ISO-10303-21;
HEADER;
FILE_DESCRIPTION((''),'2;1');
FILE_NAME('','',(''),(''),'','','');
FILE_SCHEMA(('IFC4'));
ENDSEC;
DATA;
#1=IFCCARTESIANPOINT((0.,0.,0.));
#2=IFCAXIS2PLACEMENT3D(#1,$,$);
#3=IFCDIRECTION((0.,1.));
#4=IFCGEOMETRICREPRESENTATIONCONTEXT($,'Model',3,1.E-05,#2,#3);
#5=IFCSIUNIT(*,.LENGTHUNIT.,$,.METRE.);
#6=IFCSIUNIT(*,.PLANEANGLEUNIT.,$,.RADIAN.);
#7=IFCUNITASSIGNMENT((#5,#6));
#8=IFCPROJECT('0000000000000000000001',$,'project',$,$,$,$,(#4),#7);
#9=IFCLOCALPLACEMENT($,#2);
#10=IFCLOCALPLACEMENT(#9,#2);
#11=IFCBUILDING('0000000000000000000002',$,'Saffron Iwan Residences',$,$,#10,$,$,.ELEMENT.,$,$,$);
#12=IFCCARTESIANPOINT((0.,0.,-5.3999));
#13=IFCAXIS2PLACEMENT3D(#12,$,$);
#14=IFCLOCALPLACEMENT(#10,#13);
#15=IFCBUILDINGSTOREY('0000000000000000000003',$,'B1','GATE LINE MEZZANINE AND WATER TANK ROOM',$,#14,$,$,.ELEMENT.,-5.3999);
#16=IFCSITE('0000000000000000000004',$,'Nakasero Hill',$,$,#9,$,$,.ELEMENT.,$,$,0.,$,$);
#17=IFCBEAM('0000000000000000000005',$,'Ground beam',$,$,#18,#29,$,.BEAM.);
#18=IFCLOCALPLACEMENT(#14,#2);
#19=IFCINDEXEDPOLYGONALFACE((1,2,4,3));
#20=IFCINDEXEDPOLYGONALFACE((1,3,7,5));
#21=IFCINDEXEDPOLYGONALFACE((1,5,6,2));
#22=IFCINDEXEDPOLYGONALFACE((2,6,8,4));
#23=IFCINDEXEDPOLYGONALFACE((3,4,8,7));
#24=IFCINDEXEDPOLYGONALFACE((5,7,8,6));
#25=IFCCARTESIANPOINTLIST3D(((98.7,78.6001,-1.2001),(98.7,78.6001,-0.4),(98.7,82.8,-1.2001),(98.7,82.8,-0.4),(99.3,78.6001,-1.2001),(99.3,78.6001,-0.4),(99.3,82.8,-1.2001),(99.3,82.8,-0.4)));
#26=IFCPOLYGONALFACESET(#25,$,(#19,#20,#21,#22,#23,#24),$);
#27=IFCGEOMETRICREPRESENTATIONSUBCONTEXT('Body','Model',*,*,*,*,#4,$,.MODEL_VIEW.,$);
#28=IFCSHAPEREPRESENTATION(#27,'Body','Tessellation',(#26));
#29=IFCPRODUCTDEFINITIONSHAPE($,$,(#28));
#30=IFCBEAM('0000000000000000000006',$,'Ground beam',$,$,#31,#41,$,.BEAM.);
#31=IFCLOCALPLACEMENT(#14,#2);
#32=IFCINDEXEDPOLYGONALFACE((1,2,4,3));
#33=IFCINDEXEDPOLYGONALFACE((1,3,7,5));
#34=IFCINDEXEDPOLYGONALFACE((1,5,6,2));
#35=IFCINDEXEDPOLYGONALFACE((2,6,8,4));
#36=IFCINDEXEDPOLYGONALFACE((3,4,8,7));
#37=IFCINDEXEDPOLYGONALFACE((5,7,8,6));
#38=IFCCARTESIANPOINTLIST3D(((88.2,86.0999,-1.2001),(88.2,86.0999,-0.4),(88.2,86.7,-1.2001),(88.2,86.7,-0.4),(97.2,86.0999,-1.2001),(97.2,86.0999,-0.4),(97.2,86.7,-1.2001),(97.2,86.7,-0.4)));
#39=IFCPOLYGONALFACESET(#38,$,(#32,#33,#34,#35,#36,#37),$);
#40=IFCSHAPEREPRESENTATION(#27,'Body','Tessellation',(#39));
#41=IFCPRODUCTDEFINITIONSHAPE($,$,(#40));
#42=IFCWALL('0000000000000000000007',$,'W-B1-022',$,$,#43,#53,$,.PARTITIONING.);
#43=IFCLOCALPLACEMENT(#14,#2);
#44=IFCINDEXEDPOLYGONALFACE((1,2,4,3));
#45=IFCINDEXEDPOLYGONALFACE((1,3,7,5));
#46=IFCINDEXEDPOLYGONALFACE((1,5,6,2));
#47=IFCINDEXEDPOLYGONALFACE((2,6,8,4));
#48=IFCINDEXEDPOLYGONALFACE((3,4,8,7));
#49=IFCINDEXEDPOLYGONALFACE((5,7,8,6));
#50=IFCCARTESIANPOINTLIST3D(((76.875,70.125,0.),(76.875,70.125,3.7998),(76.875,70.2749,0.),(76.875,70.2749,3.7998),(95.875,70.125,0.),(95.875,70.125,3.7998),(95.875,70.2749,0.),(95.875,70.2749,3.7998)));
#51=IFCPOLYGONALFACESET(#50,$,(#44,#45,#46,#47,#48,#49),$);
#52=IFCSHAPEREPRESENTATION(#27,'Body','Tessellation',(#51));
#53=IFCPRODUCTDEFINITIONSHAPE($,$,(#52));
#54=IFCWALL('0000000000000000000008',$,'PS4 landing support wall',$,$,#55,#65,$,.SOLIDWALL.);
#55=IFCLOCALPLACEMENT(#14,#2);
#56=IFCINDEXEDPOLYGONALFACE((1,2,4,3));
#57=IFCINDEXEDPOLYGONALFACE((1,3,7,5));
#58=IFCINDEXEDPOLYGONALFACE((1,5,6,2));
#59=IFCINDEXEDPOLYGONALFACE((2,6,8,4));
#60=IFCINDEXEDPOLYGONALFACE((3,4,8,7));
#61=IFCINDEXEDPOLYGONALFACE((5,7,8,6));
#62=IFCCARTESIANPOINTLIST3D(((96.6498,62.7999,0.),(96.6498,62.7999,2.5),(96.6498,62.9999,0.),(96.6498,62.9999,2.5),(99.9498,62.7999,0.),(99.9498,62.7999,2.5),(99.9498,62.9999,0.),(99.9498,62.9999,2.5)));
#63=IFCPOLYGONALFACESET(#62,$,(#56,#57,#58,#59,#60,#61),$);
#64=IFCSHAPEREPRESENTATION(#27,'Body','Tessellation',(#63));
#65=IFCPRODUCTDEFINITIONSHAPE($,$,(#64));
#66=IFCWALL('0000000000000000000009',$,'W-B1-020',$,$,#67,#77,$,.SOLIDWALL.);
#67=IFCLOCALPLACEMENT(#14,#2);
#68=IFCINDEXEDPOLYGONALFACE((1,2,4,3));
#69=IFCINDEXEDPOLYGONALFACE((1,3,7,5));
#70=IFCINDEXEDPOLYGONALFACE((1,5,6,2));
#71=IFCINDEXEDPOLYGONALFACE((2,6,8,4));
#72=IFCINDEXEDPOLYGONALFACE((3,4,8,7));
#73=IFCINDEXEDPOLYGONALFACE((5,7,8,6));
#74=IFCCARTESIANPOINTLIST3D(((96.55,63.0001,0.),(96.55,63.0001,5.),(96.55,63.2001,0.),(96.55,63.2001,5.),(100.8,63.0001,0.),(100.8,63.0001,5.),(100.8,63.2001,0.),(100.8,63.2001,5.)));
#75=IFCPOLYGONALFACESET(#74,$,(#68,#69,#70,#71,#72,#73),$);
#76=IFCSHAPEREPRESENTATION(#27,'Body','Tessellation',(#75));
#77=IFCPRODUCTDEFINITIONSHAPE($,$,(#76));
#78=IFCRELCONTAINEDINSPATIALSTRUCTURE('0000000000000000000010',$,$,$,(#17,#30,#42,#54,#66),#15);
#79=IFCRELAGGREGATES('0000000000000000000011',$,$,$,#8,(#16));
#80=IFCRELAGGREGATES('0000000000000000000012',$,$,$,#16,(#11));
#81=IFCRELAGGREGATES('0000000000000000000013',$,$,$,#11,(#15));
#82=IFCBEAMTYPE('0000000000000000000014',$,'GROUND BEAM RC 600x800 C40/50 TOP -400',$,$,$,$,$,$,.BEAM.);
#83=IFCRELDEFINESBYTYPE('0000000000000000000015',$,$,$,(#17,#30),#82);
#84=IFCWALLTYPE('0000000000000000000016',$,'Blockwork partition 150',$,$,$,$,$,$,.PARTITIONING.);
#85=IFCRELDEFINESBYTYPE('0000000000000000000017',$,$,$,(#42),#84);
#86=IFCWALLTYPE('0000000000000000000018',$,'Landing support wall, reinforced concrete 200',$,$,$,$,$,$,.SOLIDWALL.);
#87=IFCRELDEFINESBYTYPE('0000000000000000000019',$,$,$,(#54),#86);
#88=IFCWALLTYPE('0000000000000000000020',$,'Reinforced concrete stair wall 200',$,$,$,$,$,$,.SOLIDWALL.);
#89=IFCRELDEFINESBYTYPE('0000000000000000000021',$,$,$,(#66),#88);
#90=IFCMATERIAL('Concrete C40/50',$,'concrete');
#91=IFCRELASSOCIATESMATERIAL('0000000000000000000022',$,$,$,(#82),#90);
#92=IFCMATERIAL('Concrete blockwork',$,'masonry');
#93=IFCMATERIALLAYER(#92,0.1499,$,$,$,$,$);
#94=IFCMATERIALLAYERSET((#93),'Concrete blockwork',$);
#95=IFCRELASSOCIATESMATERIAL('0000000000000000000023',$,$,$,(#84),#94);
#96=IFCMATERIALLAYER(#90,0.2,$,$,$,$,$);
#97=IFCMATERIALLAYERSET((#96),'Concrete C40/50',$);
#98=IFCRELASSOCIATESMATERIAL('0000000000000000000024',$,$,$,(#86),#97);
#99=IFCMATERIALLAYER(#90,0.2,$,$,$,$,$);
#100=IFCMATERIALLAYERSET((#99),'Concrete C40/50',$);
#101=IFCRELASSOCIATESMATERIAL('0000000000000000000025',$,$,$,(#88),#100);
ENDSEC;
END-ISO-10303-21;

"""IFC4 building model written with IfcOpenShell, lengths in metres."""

from ifc_helpers import new_model, si_unit, direction, frame, frame_2d, origin, origin_2d, place, context, subcontext, project, spatial, rectangle, extrude, source, transform, mapped, material, layer, layer_set, material_profile, profile_set, type_object, element, save


model = new_model("IFC4")

# Units and contexts
model_context = context("Model", 3, precision=1e-05, world=origin(), true_north=direction((0.0, 1.0)))
body_context = subcontext(model_context, "Body", "Model", "MODEL_VIEW")
ifc_project = project(units=[si_unit("LENGTHUNIT", "METRE"), si_unit("PLANEANGLEUNIT", "RADIAN")], contexts=[model_context])

# Site, building, storey
site_placement = place(None, origin())
site = spatial("IfcSite", under=ifc_project, at=site_placement, Name="Nakasero Hill", CompositionType="ELEMENT", RefElevation=0.0)
building_placement = place(site_placement, origin())
building = spatial("IfcBuilding", under=site, at=building_placement, Name="Saffron Iwan Residences", CompositionType="ELEMENT")
storey_placement = place(building_placement, frame((0.0, 0.0, -5.3999)))
storey = spatial("IfcBuildingStorey", under=building, at=storey_placement, Name="B1", Description="GATE LINE MEZZANINE AND WATER TANK ROOM", CompositionType="ELEMENT", Elevation=-5.3999)

# Shared definitions
ifc_material_1 = material(Name="Concrete C40/50", Category="concrete")

# Beams
ifc_material_profile_1 = material_profile(ifc_material_1, rectangle(XDim=0.6001, YDim=0.8, at=origin_2d()), Name="RC 600x800")
ifc_profile_set_1 = profile_set([ifc_material_profile_1], Name="Concrete C40/50")
beam_type_1 = type_object("IfcBeamType", Name="GROUND BEAM RC 600x800 C40/50 TOP -400", PredefinedType="BEAM", material=ifc_profile_set_1)
shared_shape_1 = source(origin(), body_context, "Body", "SweptSolid", [
    extrude(rectangle(XDim=0.6001, YDim=0.8, at=origin_2d()), origin(), (0.0, 0.0, 1.0), 4.2),
])
beam_1_placement = place(storey_placement, frame((99.0, 78.6001, -0.8), z_axis=(0.0, 1.0, 0.0), x_axis=(-1.0, 0.0, 0.0)))
element("IfcBeam", 1, at=beam_1_placement, inside=storey, type_object=beam_type_1, Name="Ground beam", PredefinedType="BEAM", context=body_context, shape_type="MappedRepresentation", body=[
    mapped(shared_shape_1, transform((0.0, 0.0, 0.0))),
])
shared_shape_2 = source(origin(), body_context, "Body", "SweptSolid", [
    extrude(rectangle(XDim=0.6001, YDim=0.8, at=origin_2d()), origin(), (0.0, 0.0, 1.0), 9.0),
])
beam_2_placement = place(storey_placement, frame((88.2, 86.3999, -0.8), z_axis=(1.0, 0.0, 0.0), x_axis=(0.0, 1.0, 0.0)))
element("IfcBeam", 2, at=beam_2_placement, inside=storey, type_object=beam_type_1, Name="Ground beam", PredefinedType="BEAM", context=body_context, shape_type="MappedRepresentation", body=[
    mapped(shared_shape_2, transform((0.0, 0.0, 0.0))),
])

# Walls
ifc_material_2 = material(Name="Concrete blockwork", Category="masonry")
ifc_layer_1 = layer(ifc_material_2, 0.1499)
ifc_layer_set_1 = layer_set([ifc_layer_1], Name="Concrete blockwork")
wall_type_1 = type_object("IfcWallType", Name="Blockwork partition 150", PredefinedType="PARTITIONING", material=ifc_layer_set_1)
wall_1_placement = place(storey_placement, frame((76.875, 70.2, 0.0), z_axis=(0.0, 0.0, 1.0), x_axis=(1.0, 0.0, 0.0)))
element("IfcWall", 3, at=wall_1_placement, inside=storey, type_object=wall_type_1, Name="W-B1-022", PredefinedType="PARTITIONING", context=body_context, shape_type="SweptSolid", body=[
    extrude(rectangle(XDim=19.0, YDim=0.1499, at=frame_2d((9.5, 0.0))), origin(), (0.0, 0.0, 1.0), 3.7998),
])
ifc_layer_2 = layer(ifc_material_1, 0.2)
ifc_layer_set_2 = layer_set([ifc_layer_2], Name="Concrete C40/50")
wall_type_2 = type_object("IfcWallType", Name="Landing support wall, reinforced concrete 200", PredefinedType="SOLIDWALL", material=ifc_layer_set_2)
wall_2_placement = place(storey_placement, frame((96.6499, 62.8999, 0.0), z_axis=(0.0, 0.0, 1.0), x_axis=(1.0, 0.0, 0.0)))
element("IfcWall", 4, at=wall_2_placement, inside=storey, type_object=wall_type_2, Name="PS4 landing support wall", PredefinedType="SOLIDWALL", context=body_context, shape_type="SweptSolid", body=[
    extrude(rectangle(XDim=3.3, YDim=0.2, at=frame_2d((1.6499, 0.0))), origin(), (0.0, 0.0, 1.0), 2.5),
])
ifc_layer_3 = layer(ifc_material_1, 0.2)
ifc_layer_set_3 = layer_set([ifc_layer_3], Name="Concrete C40/50")
wall_type_3 = type_object("IfcWallType", Name="Reinforced concrete stair wall 200", PredefinedType="SOLIDWALL", material=ifc_layer_set_3)
wall_3_placement = place(storey_placement, frame((96.55, 63.1001, 0.0), z_axis=(0.0, 0.0, 1.0), x_axis=(1.0, 0.0, 0.0)))
element("IfcWall", 5, at=wall_3_placement, inside=storey, type_object=wall_type_3, Name="W-B1-020", PredefinedType="SOLIDWALL", context=body_context, shape_type="SweptSolid", body=[
    extrude(rectangle(XDim=4.25, YDim=0.2, at=frame_2d((2.125, 0.0))), origin(), (0.0, 0.0, 1.0), 5.0),
])

save(model, "model.ifc")
